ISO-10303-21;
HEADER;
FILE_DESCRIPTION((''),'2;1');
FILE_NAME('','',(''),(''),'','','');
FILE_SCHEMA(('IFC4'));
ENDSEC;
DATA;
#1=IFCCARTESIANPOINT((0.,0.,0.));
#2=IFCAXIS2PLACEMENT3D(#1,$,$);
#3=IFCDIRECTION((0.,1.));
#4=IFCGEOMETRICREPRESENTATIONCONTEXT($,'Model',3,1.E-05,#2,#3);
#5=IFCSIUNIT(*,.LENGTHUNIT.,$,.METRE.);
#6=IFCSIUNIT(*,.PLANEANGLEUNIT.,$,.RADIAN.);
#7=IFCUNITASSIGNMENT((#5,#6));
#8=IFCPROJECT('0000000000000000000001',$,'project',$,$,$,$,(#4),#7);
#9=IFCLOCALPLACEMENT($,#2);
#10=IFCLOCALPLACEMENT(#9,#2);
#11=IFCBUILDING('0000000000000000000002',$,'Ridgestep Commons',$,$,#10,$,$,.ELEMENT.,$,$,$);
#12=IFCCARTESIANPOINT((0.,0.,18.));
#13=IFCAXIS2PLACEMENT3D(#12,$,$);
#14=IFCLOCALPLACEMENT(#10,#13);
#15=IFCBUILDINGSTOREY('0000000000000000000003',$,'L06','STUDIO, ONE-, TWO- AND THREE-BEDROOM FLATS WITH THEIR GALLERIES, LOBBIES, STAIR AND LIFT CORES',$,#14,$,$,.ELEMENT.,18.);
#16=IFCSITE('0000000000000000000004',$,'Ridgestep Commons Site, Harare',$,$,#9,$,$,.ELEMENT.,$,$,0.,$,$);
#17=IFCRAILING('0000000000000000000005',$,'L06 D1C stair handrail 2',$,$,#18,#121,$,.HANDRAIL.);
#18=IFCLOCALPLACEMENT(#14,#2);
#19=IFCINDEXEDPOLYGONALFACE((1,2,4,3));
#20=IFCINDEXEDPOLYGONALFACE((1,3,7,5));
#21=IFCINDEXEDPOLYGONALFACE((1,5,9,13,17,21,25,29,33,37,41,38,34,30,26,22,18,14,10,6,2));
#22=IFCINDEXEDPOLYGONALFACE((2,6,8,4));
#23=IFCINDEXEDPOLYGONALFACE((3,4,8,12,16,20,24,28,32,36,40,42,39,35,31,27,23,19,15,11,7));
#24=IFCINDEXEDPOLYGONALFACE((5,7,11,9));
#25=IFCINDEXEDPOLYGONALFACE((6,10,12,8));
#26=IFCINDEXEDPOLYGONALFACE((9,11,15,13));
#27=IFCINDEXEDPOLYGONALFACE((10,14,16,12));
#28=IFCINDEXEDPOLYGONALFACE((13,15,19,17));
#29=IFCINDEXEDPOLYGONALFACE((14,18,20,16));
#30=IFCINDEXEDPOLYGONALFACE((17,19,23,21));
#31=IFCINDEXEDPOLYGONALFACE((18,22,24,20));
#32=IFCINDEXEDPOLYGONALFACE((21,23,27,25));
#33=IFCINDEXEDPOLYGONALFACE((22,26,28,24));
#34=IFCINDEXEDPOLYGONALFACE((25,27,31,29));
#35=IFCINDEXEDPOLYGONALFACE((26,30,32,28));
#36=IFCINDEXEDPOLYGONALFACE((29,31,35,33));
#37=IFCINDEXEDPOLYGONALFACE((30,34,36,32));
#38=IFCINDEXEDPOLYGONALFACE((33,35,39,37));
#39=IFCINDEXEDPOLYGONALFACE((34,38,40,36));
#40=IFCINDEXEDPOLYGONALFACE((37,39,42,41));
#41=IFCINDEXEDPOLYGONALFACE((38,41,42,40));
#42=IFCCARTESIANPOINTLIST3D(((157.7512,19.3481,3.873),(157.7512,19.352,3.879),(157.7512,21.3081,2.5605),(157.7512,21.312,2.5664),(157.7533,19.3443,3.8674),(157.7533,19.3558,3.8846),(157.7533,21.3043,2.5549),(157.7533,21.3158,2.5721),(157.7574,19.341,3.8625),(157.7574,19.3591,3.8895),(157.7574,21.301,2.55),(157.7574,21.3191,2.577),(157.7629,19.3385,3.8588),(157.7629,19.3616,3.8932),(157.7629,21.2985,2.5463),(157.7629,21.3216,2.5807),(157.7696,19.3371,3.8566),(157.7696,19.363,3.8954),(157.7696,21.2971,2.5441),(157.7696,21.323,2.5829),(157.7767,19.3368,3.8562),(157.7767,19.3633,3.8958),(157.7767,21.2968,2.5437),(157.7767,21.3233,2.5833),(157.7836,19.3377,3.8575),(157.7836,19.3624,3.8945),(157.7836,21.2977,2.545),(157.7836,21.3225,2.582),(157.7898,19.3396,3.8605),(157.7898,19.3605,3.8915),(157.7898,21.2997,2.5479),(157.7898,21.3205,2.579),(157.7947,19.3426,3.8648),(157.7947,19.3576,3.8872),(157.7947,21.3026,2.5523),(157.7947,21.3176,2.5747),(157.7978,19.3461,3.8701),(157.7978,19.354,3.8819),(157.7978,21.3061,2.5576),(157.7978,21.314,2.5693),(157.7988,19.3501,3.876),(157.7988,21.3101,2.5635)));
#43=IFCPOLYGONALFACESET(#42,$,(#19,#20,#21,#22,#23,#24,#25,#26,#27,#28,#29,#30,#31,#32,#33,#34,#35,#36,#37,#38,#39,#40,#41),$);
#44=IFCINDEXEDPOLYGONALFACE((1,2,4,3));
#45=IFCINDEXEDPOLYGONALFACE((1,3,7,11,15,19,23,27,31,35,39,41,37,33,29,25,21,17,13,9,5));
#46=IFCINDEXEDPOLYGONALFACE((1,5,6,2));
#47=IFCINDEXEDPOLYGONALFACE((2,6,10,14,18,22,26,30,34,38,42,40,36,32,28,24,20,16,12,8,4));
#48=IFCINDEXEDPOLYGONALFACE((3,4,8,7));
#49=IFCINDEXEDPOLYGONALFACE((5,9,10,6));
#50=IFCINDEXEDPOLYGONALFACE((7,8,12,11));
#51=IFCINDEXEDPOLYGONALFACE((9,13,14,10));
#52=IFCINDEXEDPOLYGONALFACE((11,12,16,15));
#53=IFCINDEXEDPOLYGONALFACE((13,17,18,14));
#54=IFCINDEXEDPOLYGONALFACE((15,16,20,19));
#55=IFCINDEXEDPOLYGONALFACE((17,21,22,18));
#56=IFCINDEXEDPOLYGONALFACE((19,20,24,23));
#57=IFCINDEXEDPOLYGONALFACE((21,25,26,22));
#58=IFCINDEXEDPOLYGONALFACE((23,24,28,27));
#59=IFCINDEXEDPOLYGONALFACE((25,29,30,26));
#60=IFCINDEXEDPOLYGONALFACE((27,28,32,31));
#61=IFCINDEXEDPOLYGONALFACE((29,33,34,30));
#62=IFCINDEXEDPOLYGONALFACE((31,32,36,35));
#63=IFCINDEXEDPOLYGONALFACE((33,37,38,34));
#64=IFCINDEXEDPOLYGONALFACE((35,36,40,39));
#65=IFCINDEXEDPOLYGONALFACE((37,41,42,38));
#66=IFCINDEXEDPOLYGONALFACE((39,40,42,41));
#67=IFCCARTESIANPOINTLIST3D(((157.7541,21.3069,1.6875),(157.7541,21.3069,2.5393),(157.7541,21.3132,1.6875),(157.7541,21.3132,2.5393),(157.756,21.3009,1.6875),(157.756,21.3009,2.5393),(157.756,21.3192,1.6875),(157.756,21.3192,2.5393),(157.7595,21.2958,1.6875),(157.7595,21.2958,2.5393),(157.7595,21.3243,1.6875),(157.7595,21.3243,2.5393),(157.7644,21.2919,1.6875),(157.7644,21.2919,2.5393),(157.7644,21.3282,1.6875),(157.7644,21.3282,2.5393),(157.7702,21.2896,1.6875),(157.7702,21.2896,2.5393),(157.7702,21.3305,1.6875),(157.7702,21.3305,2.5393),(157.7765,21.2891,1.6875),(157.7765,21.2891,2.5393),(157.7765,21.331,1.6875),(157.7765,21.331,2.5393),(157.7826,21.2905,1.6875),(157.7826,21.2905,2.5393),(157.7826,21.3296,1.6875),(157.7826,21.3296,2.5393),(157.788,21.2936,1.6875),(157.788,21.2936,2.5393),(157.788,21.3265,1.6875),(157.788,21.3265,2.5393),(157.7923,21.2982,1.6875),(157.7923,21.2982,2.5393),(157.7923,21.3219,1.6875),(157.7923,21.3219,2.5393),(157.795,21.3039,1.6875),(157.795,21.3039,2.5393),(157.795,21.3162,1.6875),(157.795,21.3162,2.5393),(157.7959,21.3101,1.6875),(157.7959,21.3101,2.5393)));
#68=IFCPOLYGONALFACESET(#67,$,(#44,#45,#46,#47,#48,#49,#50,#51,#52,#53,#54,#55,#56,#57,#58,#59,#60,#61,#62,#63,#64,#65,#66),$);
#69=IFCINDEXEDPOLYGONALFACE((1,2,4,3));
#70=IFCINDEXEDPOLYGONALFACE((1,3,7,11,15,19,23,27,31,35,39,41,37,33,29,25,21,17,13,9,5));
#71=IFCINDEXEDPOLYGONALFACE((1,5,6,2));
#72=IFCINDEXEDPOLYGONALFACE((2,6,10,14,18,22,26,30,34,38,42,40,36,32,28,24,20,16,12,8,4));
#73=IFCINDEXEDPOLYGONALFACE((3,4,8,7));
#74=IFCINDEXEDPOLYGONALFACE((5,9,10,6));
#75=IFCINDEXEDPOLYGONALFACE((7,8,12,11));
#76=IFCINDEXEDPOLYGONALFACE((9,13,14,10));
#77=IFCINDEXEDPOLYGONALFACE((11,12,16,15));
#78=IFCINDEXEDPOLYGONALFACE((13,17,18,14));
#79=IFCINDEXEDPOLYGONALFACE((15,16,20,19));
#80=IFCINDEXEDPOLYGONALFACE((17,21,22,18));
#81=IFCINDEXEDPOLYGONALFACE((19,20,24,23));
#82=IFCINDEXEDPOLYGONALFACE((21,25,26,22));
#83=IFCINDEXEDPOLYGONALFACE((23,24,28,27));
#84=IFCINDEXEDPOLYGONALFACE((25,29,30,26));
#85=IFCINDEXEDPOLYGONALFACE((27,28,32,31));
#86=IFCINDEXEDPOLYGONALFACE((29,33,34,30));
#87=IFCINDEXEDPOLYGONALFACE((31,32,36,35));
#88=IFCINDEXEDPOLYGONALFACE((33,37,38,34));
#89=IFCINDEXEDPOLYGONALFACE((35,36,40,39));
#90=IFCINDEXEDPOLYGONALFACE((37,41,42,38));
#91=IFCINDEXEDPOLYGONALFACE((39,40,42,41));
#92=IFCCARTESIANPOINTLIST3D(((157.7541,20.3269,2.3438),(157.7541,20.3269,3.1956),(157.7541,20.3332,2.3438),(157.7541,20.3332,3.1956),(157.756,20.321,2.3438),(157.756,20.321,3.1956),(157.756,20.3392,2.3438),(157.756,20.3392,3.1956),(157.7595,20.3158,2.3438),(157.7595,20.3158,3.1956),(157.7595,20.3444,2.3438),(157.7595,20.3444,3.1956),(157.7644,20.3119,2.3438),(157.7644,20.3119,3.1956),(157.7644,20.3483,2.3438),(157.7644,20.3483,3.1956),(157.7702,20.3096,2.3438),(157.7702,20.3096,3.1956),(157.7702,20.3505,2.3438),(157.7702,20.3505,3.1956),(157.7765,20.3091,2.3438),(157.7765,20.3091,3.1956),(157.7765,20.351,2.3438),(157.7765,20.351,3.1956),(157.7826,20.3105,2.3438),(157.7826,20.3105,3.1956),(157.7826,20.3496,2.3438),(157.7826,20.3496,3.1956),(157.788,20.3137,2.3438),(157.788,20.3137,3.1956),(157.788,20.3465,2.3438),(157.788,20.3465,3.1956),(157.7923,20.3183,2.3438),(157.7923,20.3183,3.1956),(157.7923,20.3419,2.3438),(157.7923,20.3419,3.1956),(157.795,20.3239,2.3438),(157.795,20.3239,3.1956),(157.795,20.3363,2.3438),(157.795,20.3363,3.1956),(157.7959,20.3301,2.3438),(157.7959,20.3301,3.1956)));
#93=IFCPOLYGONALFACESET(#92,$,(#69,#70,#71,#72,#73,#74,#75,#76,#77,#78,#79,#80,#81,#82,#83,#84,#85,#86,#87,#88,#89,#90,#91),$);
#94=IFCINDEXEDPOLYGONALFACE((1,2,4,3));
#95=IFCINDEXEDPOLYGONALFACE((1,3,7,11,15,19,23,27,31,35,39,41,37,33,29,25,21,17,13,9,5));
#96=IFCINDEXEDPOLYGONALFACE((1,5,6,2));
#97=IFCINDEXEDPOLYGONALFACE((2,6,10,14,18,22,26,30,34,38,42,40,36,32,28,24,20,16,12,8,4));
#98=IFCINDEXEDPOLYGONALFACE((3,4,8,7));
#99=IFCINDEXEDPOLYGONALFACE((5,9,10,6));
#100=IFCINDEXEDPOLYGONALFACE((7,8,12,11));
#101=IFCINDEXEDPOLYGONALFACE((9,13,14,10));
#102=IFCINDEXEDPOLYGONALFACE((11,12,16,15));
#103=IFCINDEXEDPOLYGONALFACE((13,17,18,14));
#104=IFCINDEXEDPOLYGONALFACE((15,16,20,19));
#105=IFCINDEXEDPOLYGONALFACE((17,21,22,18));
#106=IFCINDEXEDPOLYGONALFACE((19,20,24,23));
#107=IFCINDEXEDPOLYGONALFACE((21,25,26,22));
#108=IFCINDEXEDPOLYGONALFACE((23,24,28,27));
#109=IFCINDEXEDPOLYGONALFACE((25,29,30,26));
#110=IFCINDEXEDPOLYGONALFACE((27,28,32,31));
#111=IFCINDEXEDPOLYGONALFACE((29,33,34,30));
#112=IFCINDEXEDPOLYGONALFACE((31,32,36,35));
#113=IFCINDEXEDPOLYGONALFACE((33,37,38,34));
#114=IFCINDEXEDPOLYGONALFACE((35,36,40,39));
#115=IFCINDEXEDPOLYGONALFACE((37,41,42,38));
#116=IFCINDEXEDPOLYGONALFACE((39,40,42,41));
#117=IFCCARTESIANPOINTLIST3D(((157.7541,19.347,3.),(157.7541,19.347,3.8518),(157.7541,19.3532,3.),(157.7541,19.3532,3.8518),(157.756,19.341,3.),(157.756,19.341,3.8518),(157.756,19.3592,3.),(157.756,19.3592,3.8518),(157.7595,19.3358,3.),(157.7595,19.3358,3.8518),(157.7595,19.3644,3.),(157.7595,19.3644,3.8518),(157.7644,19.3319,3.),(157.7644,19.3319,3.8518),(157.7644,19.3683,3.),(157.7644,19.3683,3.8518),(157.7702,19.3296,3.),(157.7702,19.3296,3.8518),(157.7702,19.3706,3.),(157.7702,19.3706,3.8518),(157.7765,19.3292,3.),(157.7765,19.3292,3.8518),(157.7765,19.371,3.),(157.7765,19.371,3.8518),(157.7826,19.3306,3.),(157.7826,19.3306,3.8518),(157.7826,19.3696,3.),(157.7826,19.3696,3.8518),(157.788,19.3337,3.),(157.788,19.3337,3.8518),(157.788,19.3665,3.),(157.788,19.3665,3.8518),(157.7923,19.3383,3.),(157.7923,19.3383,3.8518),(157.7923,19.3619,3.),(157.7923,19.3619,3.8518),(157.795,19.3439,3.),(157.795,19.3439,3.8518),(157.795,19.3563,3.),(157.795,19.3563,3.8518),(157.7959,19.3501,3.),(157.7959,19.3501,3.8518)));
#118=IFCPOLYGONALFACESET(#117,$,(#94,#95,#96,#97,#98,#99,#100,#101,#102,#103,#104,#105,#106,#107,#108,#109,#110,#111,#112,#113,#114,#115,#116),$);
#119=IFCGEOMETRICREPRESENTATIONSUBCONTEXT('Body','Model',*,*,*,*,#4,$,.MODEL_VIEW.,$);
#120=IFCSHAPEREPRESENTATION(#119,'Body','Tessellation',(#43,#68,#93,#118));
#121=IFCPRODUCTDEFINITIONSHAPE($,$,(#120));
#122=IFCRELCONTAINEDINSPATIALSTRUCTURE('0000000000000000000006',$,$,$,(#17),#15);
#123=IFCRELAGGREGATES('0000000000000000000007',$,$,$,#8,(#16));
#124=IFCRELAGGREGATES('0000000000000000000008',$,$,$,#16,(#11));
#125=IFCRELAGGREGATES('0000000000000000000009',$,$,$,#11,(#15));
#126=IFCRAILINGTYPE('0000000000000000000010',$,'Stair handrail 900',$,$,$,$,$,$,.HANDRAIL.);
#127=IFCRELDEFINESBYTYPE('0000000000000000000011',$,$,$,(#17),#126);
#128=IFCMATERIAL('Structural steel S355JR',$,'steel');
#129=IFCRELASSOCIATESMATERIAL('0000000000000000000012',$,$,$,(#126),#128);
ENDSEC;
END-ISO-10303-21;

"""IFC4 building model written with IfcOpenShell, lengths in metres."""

from ifc_helpers import new_model, si_unit, direction, frame, origin, origin_2d, place, context, subcontext, project, spatial, circle, extrude, material, type_object, element, save


model = new_model("IFC4")

# Units and contexts
model_context = context("Model", 3, precision=1e-05, world=origin(), true_north=direction((0.0, 1.0)))
body_context = subcontext(model_context, "Body", "Model", "MODEL_VIEW")
ifc_project = project(units=[si_unit("LENGTHUNIT", "METRE"), si_unit("PLANEANGLEUNIT", "RADIAN")], contexts=[model_context])

# Site, building, storey
site_placement = place(None, origin())
site = spatial("IfcSite", under=ifc_project, at=site_placement, Name="Ridgestep Commons Site, Harare", CompositionType="ELEMENT", RefElevation=0.0)
building_placement = place(site_placement, origin())
building = spatial("IfcBuilding", under=site, at=building_placement, Name="Ridgestep Commons", CompositionType="ELEMENT")
storey_placement = place(building_placement, frame((0.0, 0.0, 18.0)))
storey = spatial("IfcBuildingStorey", under=building, at=storey_placement, Name="L06", Description="STUDIO, ONE-, TWO- AND THREE-BEDROOM FLATS WITH THEIR GALLERIES, LOBBIES, STAIR AND LIFT CORES", CompositionType="ELEMENT", Elevation=18.0)

# Railing
ifc_material_1 = material(Name="Structural steel S355JR", Category="steel")
railing_type_1 = type_object("IfcRailingType", Name="Stair handrail 900", PredefinedType="HANDRAIL", material=ifc_material_1)
railing_1_placement = place(storey_placement, frame((157.7749, 21.3101, 1.6875)))
element("IfcRailing", 1, at=railing_1_placement, inside=storey, type_object=railing_type_1, Name="L06 D1C stair handrail 2", PredefinedType="HANDRAIL", context=body_context, shape_type="SweptSolid", body=[
    extrude(circle(Radius=0.0239, at=origin_2d()), frame((0.0, 0.0, 0.876), z_axis=(0.0, -0.830902, 0.556419), x_axis=(1.0, 0.0, 0.0)), (0.0, 0.0, 1.0), 2.3589),
    extrude(circle(Radius=0.021, at=origin_2d()), origin(), (0.0, 0.0, 1.0), 0.8518),
    extrude(circle(Radius=0.021, at=origin_2d()), frame((0.0, -0.98, 0.6562)), (0.0, 0.0, 1.0), 0.8518),
    extrude(circle(Radius=0.021, at=origin_2d()), frame((0.0, -1.96, 1.3125)), (0.0, 0.0, 1.0), 0.8518),
])

save(model, "model.ifc")
